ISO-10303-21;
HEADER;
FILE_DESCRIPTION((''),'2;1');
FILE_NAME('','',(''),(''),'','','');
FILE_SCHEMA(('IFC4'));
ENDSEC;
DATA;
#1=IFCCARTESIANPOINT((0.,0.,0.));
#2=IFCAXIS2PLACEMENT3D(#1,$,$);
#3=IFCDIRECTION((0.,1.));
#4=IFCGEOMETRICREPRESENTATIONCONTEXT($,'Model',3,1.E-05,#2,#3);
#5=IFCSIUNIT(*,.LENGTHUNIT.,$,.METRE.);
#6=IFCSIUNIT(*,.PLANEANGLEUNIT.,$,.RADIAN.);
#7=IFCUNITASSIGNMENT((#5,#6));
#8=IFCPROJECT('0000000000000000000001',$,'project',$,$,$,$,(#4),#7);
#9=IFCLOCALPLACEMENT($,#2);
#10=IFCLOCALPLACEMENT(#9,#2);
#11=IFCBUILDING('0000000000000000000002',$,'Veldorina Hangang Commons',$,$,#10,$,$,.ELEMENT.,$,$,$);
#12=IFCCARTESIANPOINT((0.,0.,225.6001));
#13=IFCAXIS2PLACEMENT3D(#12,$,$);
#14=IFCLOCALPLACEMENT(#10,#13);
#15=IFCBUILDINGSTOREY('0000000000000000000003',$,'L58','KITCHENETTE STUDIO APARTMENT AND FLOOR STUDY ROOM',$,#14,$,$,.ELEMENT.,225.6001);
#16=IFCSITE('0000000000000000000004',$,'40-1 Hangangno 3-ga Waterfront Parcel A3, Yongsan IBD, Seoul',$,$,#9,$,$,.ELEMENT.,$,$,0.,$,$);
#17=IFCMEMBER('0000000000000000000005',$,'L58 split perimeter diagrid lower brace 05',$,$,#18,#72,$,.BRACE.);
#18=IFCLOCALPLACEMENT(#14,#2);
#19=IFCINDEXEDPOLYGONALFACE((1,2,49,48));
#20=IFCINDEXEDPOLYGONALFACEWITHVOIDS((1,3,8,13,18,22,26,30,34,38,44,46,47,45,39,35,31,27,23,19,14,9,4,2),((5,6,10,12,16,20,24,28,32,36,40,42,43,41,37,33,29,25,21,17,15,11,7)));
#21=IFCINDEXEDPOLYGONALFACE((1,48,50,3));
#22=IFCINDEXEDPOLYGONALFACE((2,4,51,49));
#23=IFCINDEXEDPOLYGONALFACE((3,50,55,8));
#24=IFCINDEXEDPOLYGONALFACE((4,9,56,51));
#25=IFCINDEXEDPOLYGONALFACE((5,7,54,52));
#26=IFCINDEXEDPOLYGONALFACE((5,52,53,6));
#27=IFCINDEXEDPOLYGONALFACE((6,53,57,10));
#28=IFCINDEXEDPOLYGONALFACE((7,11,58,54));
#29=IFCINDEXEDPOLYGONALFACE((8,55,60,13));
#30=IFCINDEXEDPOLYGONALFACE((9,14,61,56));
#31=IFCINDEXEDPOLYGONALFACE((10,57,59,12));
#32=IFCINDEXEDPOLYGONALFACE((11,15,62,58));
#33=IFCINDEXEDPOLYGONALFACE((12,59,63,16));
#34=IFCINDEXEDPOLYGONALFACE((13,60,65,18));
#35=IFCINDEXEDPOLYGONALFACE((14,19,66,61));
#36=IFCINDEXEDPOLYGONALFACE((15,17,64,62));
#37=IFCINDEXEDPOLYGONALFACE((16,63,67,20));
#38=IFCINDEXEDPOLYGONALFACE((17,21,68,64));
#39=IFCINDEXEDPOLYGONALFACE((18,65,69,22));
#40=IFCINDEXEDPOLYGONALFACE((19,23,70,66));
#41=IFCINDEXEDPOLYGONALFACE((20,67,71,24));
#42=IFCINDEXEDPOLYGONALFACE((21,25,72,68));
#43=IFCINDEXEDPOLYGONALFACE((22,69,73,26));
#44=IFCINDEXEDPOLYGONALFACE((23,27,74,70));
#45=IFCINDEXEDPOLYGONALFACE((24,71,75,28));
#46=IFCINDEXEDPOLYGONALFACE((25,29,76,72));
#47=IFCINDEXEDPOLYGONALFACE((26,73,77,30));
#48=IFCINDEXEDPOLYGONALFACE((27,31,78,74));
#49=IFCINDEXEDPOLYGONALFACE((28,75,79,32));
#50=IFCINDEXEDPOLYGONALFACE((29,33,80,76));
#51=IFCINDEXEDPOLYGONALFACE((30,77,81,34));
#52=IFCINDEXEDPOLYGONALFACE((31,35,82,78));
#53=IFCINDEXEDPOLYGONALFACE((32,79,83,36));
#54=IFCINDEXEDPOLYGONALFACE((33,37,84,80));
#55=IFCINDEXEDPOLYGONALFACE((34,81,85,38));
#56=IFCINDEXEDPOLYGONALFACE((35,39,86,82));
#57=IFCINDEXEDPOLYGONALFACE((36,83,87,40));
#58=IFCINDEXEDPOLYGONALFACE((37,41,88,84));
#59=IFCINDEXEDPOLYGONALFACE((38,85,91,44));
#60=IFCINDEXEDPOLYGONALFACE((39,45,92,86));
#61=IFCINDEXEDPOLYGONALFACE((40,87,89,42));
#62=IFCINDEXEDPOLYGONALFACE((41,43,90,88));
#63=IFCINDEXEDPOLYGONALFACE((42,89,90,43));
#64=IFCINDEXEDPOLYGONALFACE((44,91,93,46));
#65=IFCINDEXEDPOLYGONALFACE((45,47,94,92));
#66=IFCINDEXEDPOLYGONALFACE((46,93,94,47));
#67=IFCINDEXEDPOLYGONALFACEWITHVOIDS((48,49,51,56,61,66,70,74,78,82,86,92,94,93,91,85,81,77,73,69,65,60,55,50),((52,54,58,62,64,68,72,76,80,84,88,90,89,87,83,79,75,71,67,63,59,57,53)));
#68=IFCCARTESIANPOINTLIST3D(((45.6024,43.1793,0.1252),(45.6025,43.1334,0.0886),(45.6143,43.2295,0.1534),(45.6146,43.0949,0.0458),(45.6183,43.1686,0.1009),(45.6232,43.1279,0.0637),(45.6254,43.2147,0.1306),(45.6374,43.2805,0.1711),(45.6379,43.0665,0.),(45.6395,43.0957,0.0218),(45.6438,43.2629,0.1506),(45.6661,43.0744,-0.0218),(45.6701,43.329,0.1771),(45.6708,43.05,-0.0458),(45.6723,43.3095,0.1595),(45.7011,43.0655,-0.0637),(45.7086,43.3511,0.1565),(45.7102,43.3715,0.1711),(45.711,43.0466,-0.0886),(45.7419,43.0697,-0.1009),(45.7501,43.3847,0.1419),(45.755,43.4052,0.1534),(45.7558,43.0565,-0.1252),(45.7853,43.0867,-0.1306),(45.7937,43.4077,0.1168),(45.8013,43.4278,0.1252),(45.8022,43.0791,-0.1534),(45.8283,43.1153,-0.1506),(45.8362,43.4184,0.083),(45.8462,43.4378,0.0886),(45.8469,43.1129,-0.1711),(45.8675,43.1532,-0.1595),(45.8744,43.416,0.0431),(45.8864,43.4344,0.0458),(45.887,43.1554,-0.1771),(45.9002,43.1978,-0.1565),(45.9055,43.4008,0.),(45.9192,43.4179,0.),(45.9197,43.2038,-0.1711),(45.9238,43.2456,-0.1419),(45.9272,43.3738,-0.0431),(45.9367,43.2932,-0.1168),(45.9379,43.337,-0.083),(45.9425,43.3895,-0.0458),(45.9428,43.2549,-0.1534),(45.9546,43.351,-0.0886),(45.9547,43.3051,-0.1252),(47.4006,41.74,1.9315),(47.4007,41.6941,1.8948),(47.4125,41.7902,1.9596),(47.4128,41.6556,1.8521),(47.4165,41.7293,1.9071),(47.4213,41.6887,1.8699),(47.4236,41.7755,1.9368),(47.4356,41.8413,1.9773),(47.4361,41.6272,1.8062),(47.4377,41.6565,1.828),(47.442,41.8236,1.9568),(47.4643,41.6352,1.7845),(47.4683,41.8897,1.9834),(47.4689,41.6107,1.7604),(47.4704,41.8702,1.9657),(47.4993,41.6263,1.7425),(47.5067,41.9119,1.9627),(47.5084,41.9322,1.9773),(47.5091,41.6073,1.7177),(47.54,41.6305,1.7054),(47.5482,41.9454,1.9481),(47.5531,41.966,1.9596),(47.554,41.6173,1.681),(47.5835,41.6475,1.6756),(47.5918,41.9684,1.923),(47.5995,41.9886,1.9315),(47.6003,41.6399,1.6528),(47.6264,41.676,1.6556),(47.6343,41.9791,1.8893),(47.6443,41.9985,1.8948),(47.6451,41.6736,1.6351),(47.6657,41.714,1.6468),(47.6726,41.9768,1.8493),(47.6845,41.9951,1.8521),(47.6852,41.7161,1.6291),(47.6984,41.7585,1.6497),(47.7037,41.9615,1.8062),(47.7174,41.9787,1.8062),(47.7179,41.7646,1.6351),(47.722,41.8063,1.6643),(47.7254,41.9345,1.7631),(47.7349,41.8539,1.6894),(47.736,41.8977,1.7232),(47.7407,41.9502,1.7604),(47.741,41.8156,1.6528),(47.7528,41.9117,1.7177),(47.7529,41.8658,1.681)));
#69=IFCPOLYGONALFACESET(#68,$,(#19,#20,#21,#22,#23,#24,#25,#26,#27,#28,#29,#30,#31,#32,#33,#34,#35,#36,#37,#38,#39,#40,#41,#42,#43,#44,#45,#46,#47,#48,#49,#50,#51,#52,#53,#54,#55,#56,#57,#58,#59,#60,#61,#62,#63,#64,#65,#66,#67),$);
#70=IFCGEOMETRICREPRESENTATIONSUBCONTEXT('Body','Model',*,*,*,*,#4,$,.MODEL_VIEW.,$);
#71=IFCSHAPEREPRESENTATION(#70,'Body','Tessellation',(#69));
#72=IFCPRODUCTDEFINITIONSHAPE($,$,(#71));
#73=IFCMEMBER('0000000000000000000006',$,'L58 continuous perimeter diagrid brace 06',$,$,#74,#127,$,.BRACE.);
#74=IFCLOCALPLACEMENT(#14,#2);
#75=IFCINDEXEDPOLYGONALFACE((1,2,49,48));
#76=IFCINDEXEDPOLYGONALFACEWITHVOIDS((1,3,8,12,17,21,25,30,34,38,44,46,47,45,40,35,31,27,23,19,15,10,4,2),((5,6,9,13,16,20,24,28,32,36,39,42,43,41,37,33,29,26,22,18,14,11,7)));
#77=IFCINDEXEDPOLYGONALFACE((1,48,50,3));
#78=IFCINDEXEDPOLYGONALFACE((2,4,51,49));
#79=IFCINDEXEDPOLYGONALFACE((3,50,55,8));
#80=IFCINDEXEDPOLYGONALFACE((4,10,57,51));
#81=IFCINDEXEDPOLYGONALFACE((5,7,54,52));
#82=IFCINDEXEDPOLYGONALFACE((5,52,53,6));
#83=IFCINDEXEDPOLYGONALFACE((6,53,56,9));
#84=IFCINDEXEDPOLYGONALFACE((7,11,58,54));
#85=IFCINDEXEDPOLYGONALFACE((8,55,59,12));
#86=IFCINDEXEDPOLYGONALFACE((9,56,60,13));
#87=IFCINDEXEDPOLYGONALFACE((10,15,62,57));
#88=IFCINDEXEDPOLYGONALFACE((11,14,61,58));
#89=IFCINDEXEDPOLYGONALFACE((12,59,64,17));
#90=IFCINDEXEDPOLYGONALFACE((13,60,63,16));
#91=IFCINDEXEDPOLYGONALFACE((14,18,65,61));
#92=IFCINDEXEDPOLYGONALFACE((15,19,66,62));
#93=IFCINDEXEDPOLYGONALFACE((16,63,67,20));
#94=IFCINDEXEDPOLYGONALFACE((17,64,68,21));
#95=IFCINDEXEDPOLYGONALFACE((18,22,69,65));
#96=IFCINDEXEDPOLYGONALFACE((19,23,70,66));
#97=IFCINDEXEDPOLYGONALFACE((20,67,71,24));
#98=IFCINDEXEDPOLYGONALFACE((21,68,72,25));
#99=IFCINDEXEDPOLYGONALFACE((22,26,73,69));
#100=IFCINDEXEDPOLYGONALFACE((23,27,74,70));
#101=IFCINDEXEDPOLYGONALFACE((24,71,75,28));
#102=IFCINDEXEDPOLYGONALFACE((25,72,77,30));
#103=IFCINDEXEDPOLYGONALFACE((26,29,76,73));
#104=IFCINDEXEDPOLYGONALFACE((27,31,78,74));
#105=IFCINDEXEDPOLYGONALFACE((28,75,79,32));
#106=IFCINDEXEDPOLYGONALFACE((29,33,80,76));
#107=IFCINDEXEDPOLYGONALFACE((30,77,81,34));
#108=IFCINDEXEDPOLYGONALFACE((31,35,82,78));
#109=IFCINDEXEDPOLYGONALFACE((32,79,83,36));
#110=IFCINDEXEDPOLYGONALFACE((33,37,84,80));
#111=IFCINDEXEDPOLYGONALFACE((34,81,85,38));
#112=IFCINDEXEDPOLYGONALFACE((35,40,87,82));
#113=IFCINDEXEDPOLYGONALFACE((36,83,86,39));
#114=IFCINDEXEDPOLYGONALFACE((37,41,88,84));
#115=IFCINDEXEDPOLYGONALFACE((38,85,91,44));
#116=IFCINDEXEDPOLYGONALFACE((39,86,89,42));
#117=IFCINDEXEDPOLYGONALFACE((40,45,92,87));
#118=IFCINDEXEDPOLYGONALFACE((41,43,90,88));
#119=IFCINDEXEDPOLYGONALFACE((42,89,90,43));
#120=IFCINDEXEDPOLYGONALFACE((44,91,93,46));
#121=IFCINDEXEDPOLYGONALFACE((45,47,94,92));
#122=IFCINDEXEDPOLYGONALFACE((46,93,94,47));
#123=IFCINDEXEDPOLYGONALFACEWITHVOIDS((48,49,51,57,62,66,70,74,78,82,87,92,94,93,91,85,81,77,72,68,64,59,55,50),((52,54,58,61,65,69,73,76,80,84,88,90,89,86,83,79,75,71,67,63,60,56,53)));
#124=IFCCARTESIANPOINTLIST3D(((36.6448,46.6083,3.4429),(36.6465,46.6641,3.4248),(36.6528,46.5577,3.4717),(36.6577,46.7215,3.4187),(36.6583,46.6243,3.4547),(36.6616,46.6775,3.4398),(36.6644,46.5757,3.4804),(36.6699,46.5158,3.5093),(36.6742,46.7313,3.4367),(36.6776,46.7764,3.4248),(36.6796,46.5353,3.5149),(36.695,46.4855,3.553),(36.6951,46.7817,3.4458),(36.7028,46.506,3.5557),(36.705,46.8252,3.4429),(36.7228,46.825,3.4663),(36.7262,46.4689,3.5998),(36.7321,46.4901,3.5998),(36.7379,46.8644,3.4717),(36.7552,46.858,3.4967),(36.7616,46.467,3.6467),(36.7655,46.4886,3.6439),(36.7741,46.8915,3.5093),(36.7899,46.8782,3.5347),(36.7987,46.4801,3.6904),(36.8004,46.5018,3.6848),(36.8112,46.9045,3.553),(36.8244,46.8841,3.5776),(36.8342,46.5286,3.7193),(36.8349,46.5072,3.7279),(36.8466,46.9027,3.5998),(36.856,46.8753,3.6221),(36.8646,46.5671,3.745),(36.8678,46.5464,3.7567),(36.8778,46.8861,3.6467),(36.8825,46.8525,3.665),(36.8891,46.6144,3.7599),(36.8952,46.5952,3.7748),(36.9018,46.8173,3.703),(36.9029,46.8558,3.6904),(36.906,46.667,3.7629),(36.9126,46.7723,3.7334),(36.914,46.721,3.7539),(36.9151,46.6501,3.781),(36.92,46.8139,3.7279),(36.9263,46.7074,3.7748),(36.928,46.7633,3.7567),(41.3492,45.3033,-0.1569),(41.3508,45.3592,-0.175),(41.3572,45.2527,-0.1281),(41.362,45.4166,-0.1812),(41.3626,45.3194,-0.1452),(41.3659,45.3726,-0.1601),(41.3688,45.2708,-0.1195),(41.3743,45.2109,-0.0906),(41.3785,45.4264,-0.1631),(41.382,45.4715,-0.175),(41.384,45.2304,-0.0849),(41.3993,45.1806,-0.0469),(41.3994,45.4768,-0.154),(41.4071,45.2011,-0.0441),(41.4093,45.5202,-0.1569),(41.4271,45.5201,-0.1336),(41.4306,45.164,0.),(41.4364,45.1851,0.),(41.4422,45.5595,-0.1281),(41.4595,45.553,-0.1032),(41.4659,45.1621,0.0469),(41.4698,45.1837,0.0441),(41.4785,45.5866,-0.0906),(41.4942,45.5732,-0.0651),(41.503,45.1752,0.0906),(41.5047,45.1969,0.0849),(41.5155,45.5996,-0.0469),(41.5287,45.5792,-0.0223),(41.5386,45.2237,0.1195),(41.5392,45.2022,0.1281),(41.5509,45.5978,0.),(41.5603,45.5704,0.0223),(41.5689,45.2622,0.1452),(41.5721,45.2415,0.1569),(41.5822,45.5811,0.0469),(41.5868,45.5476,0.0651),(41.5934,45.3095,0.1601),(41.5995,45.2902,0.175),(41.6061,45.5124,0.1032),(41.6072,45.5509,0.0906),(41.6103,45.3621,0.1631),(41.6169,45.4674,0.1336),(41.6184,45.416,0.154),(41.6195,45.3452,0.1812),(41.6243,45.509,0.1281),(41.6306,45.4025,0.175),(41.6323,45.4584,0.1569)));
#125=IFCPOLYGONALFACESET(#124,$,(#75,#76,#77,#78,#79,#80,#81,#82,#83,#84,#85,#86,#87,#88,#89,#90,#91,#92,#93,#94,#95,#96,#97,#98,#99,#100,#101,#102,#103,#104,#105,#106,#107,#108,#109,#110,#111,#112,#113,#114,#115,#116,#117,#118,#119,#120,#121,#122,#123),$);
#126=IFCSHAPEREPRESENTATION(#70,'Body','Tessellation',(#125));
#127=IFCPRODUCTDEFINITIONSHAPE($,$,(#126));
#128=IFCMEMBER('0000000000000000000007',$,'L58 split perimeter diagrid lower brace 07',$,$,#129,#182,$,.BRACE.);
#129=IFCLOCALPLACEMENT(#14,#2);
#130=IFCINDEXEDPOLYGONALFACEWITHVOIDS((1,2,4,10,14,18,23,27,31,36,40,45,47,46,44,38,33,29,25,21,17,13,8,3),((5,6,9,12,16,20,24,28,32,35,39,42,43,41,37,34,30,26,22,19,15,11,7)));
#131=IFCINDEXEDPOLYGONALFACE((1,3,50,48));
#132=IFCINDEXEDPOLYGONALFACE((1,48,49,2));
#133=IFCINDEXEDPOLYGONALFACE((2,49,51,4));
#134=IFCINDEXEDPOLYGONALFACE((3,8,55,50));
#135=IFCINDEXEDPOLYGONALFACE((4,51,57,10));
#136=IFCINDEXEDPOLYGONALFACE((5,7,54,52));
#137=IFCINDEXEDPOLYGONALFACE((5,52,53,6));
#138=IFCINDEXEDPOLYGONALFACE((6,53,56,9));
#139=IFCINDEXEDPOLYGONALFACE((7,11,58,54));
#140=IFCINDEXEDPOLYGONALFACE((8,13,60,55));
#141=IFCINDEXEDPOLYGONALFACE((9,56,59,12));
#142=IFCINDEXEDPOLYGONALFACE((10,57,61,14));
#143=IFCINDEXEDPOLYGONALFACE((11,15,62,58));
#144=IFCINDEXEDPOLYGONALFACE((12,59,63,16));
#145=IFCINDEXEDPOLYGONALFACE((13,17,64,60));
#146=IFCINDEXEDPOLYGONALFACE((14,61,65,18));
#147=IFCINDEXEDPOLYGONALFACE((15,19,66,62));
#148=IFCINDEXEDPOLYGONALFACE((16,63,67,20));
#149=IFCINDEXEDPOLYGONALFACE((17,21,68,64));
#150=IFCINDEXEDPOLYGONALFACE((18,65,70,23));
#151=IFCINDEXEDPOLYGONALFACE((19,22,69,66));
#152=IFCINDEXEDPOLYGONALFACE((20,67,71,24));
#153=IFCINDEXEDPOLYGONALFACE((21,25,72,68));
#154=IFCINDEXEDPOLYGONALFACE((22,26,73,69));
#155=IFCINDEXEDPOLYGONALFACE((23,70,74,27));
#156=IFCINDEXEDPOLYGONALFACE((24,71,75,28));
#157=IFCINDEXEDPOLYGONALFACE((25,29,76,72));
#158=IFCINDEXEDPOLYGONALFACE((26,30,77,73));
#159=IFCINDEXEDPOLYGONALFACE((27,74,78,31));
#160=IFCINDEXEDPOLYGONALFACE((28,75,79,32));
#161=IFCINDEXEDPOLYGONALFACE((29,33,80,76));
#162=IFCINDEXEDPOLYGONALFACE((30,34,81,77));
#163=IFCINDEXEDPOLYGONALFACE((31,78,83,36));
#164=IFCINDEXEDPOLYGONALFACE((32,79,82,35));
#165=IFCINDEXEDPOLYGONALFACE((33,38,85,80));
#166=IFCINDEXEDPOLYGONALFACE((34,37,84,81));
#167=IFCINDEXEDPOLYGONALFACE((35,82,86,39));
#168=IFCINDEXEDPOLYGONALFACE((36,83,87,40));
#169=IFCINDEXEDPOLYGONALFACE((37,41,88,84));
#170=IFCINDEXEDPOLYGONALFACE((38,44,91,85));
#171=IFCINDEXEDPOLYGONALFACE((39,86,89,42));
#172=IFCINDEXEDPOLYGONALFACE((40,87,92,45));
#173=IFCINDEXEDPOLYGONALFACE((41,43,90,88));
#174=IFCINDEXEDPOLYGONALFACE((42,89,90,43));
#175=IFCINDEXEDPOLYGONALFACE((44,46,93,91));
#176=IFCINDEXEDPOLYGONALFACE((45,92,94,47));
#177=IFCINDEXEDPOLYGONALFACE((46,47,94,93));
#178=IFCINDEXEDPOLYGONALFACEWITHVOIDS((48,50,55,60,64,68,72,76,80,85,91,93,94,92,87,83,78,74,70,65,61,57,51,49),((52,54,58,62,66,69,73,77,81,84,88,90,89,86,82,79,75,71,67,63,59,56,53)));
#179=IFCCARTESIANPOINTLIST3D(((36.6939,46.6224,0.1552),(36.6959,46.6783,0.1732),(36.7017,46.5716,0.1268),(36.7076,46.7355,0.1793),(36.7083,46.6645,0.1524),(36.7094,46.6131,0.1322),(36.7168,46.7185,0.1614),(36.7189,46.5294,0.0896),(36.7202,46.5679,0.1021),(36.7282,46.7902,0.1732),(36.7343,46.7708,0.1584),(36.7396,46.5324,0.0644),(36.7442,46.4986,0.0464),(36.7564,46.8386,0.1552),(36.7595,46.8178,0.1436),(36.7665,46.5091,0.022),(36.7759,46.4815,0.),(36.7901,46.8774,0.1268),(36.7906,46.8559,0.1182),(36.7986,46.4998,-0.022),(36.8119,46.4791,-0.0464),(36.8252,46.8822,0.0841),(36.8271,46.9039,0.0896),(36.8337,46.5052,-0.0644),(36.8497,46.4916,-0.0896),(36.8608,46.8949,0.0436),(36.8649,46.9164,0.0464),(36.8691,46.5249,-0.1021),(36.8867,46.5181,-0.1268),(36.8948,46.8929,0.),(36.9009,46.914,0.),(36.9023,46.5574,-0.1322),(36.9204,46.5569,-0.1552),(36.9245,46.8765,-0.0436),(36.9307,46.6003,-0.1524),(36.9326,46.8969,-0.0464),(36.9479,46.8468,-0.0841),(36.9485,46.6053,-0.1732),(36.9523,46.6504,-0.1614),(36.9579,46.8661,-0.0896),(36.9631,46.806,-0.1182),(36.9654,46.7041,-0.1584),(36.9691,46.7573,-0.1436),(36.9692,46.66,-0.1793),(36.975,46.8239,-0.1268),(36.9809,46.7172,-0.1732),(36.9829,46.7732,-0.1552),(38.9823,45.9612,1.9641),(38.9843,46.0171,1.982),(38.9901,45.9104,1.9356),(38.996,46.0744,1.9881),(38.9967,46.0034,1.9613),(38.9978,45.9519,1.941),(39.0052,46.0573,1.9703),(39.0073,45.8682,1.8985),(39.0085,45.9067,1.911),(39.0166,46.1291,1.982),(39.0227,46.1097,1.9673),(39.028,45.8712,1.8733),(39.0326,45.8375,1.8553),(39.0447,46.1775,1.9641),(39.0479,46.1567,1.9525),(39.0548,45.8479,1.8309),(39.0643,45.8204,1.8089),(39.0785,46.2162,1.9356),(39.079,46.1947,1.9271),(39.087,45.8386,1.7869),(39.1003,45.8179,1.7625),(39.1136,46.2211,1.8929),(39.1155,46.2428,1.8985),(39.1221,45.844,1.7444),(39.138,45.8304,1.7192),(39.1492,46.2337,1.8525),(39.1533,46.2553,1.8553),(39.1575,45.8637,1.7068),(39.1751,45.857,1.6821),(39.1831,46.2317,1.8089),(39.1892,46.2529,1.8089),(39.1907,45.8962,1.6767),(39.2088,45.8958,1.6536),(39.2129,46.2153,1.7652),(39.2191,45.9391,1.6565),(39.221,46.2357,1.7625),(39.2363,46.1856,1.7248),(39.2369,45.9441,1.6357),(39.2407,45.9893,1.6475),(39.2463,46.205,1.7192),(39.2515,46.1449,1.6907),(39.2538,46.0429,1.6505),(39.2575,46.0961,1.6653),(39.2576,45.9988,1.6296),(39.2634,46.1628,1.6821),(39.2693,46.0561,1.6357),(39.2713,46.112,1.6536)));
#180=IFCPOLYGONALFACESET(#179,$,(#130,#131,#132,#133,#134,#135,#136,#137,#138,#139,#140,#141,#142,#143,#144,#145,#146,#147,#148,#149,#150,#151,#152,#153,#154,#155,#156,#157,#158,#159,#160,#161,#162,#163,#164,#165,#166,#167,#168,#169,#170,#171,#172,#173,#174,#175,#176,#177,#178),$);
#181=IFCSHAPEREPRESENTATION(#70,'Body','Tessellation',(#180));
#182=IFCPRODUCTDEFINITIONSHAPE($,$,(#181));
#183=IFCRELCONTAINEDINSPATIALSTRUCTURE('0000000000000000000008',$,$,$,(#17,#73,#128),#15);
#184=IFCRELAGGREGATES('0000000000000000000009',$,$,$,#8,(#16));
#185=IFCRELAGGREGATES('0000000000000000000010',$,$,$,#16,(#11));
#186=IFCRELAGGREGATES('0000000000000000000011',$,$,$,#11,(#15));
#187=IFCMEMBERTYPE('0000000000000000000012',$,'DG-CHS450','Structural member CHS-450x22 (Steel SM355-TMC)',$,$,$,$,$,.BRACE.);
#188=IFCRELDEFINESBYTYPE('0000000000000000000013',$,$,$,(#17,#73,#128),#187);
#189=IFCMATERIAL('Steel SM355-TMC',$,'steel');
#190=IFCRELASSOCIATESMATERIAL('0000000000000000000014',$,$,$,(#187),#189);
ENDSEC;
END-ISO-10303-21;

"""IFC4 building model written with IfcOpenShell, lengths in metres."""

from ifc_helpers import new_model, si_unit, direction, frame, origin, origin_2d, place, context, subcontext, project, spatial, hollow_circle, extrude, material, material_profile, profile_set, type_object, element, save


model = new_model("IFC4")

# Units and contexts
model_context = context("Model", 3, precision=1e-05, world=origin(), true_north=direction((0.0, 1.0)))
body_context = subcontext(model_context, "Body", "Model", "MODEL_VIEW")
ifc_project = project(units=[si_unit("LENGTHUNIT", "METRE"), si_unit("PLANEANGLEUNIT", "RADIAN")], contexts=[model_context])

# Site, building, storey
site_placement = place(None, origin())
site = spatial("IfcSite", under=ifc_project, at=site_placement, Name="40-1 Hangangno 3-ga Waterfront Parcel A3, Yongsan IBD, Seoul", CompositionType="ELEMENT", RefElevation=0.0)
building_placement = place(site_placement, origin())
building = spatial("IfcBuilding", under=site, at=building_placement, Name="Veldorina Hangang Commons", CompositionType="ELEMENT")
storey_placement = place(building_placement, frame((0.0, 0.0, 225.6001)))
storey = spatial("IfcBuildingStorey", under=building, at=storey_placement, Name="L58", Description="KITCHENETTE STUDIO APARTMENT AND FLOOR STUDY ROOM", CompositionType="ELEMENT", Elevation=225.6001)

# Shared definitions
ifc_material_1 = material(Name="Steel SM355-TMC", Category="steel")

# Members
ifc_material_profile_1 = material_profile(ifc_material_1, hollow_circle(Radius=0.2251, WallThickness=0.022, at=origin_2d()), Name="CHS-450x22")
ifc_profile_set_1 = profile_set([ifc_material_profile_1], Name="Steel SM355-TMC")
member_type_1 = type_object("IfcMemberType", Name="DG-CHS450", Description="Structural member CHS-450x22 (Steel SM355-TMC)", PredefinedType="BRACE", material=ifc_profile_set_1)
member_1_placement = place(storey_placement, frame((45.7786, 43.2422, 0.0), z_axis=(0.614338, -0.49172, 0.61709), x_axis=(0.624889, 0.780714, 0.0)))
element("IfcMember", 1, at=member_1_placement, inside=storey, type_object=member_type_1, Name="L58 split perimeter diagrid lower brace 05", PredefinedType="BRACE", context=body_context, shape_type="SweptSolid", body=[
    extrude(hollow_circle(Radius=0.2251, WallThickness=0.022, at=origin_2d()), origin(), (0.0, 0.0, 1.0), 2.927),
])
member_2_placement = place(storey_placement, frame((41.4907, 45.3809, 0.0), z_axis=(-0.775566, 0.215133, 0.593477), x_axis=(-0.267296, -0.963615, 0.0)))
element("IfcMember", 2, at=member_2_placement, inside=storey, type_object=member_type_1, Name="L58 continuous perimeter diagrid brace 06", PredefinedType="BRACE", context=body_context, shape_type="SweptSolid", body=[
    extrude(hollow_circle(Radius=0.2251, WallThickness=0.022, at=origin_2d()), origin(), (0.0, 0.0, 1.0), 6.0657),
])
member_3_placement = place(storey_placement, frame((36.8384, 46.6978, 0.0), z_axis=(0.765099, -0.221049, 0.604782), x_axis=(0.277563, 0.960708, 0.0)))
element("IfcMember", 3, at=member_3_placement, inside=storey, type_object=member_type_1, Name="L58 split perimeter diagrid lower brace 07", PredefinedType="BRACE", context=body_context, shape_type="SweptSolid", body=[
    extrude(hollow_circle(Radius=0.2251, WallThickness=0.022, at=origin_2d()), origin(), (0.0, 0.0, 1.0), 2.991),
])

save(model, "model.ifc")
